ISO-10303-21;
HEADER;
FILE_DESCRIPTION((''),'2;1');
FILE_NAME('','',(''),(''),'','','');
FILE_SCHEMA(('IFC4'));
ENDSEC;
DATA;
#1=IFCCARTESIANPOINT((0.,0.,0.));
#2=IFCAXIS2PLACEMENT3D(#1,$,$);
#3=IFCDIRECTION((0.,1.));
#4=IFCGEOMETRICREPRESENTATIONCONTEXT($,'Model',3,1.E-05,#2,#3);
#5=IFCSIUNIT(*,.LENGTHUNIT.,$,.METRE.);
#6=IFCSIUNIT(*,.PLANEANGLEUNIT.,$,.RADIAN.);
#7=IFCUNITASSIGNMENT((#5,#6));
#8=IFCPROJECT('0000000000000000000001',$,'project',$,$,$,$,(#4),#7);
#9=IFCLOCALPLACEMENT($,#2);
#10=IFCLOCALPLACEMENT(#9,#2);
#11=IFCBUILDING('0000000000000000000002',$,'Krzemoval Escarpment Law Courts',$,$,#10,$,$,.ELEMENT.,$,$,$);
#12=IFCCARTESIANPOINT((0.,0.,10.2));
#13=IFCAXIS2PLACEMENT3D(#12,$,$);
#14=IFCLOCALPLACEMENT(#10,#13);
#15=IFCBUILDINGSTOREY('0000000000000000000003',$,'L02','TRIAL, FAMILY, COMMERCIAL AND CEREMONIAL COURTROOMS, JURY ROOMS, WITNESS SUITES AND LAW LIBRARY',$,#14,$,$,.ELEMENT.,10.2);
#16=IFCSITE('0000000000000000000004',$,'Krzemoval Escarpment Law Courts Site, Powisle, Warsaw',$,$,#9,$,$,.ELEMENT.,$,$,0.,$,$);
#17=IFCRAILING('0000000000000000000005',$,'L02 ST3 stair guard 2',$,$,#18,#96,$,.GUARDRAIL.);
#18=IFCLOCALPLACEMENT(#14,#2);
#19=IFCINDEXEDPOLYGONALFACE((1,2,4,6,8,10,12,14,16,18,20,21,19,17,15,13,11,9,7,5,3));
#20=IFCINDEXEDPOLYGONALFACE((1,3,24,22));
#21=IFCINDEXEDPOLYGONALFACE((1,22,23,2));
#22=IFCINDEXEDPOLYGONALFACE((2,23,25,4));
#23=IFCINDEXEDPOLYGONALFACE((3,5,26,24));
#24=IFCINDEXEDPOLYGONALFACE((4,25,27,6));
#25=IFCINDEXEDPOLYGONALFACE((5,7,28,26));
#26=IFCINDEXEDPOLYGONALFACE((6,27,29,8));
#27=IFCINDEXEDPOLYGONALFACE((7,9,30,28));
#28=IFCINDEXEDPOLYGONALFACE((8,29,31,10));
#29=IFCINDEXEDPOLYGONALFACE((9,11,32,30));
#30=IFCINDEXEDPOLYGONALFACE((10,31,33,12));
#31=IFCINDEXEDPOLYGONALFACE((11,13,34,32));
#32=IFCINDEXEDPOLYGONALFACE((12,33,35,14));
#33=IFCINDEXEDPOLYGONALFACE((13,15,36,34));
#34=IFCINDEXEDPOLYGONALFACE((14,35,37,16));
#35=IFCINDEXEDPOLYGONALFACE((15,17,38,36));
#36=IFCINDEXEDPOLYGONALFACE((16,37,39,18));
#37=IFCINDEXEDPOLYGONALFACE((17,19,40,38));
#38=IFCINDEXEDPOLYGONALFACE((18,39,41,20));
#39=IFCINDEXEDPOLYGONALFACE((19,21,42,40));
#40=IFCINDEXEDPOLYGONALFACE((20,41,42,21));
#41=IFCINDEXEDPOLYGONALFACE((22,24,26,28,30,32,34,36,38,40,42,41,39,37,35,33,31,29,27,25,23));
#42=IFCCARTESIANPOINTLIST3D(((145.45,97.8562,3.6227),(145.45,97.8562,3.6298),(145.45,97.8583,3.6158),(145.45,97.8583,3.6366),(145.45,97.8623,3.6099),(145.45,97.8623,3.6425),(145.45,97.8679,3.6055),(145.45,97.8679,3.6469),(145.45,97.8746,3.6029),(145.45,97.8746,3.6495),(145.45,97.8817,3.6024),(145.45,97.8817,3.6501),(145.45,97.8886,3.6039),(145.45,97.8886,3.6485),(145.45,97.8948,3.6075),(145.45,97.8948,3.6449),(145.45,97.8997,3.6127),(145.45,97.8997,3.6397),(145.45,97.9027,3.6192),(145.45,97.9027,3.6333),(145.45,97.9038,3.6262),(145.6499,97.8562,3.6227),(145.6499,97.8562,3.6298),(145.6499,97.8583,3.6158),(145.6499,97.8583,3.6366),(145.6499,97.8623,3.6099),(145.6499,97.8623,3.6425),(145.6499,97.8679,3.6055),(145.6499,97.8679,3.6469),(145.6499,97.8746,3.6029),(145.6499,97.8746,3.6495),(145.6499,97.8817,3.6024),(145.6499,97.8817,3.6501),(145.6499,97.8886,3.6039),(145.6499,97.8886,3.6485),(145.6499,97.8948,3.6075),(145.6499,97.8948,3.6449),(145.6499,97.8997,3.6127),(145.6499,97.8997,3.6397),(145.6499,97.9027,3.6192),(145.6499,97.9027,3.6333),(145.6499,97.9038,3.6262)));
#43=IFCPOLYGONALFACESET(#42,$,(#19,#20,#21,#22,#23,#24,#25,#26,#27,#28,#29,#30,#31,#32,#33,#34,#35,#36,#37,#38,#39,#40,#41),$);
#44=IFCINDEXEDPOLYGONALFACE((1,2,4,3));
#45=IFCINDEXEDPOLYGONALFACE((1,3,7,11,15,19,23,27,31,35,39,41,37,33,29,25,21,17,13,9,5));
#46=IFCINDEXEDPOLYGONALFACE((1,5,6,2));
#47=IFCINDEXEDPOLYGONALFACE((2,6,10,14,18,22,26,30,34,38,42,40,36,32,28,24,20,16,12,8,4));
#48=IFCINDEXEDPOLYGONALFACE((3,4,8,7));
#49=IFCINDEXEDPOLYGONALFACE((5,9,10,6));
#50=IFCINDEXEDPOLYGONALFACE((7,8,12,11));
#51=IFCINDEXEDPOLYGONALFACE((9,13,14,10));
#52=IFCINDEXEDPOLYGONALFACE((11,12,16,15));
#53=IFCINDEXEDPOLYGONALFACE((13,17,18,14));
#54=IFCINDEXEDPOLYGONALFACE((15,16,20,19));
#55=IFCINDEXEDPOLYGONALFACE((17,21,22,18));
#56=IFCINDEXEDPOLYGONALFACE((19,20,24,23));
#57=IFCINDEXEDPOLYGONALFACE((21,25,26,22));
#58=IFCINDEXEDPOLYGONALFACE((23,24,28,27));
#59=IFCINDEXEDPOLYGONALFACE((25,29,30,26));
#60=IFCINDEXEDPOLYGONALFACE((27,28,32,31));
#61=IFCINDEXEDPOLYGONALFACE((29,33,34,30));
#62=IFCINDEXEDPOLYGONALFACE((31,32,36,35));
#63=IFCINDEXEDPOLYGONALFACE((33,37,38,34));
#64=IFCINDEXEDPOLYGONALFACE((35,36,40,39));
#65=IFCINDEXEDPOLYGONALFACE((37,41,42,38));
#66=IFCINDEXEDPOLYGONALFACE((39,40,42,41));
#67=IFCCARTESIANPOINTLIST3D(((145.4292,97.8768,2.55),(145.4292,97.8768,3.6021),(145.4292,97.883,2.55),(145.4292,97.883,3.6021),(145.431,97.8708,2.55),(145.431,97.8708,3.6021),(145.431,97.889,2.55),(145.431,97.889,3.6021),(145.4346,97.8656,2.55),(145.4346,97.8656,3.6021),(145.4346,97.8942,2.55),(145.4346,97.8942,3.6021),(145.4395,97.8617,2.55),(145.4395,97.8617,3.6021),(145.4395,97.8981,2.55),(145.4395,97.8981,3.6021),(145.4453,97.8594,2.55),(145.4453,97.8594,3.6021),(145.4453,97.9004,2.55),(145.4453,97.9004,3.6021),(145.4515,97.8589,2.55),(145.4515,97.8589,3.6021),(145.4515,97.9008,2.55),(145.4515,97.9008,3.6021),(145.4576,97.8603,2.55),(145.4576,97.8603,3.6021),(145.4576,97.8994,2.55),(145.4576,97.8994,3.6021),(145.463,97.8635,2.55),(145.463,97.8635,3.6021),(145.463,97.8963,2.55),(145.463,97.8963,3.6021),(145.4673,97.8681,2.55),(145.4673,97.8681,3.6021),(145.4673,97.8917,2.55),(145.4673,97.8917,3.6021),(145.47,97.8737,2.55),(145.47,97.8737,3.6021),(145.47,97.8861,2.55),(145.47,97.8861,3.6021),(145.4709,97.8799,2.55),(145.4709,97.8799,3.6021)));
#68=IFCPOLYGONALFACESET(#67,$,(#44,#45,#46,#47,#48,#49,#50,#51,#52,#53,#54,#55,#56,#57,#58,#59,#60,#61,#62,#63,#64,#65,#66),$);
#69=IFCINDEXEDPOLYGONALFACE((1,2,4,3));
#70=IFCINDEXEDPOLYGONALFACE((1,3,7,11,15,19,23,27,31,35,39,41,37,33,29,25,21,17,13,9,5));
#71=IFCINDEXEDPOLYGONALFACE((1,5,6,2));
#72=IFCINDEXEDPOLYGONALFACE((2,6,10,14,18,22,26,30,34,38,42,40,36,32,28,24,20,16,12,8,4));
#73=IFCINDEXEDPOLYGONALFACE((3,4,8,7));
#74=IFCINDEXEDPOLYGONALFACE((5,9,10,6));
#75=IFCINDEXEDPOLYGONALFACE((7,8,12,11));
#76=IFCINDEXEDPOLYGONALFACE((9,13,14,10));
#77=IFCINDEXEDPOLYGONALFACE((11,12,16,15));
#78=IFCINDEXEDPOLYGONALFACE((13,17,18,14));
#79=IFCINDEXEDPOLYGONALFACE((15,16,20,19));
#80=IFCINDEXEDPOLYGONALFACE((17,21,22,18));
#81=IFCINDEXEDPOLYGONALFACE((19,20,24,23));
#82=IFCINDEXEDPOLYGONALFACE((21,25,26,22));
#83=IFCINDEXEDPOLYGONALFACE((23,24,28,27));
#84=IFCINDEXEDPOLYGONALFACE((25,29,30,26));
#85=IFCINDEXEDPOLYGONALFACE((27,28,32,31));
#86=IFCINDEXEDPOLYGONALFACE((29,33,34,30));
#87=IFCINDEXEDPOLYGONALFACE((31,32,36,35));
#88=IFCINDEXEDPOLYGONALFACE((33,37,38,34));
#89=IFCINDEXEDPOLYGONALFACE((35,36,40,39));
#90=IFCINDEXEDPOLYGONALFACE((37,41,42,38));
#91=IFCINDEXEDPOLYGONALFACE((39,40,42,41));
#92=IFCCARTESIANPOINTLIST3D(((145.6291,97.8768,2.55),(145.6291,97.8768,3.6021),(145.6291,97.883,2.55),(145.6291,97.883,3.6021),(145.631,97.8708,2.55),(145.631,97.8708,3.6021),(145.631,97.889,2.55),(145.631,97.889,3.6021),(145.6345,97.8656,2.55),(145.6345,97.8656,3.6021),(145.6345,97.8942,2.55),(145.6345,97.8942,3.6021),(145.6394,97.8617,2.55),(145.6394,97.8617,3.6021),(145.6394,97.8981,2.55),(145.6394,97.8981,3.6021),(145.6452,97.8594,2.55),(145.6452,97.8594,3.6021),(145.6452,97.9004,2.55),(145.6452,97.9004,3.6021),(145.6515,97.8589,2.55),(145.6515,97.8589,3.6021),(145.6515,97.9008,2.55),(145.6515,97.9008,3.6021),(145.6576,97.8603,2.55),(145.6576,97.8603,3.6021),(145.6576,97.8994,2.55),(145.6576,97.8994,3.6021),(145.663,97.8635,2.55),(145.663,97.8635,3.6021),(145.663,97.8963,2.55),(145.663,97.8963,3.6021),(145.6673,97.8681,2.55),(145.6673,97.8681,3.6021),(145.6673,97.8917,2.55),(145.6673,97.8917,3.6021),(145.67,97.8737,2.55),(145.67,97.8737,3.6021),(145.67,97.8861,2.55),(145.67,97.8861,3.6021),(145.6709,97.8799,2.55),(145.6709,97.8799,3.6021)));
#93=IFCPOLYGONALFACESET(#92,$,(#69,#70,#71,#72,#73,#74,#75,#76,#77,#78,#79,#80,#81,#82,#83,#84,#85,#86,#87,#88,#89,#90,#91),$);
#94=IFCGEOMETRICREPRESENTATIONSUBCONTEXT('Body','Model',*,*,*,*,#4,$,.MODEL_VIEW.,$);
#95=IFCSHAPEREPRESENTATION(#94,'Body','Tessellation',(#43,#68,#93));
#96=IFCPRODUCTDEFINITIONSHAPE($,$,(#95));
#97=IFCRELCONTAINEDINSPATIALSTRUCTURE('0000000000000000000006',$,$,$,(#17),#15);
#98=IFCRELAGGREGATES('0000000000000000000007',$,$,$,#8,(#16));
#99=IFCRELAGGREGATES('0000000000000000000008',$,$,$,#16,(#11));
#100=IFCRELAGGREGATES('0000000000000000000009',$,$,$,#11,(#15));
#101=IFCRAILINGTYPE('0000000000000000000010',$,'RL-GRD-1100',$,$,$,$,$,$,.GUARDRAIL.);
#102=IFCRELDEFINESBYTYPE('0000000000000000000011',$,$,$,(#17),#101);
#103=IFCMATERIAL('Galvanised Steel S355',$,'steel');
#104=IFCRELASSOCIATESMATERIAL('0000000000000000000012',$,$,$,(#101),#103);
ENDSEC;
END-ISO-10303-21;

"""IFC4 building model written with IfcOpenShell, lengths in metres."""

from ifc_helpers import new_model, si_unit, direction, frame, origin, origin_2d, place, context, subcontext, project, spatial, circle, extrude, material, type_object, element, save


model = new_model("IFC4")

# Units and contexts
model_context = context("Model", 3, precision=1e-05, world=origin(), true_north=direction((0.0, 1.0)))
body_context = subcontext(model_context, "Body", "Model", "MODEL_VIEW")
ifc_project = project(units=[si_unit("LENGTHUNIT", "METRE"), si_unit("PLANEANGLEUNIT", "RADIAN")], contexts=[model_context])

# Site, building, storey
site_placement = place(None, origin())
site = spatial("IfcSite", under=ifc_project, at=site_placement, Name="Krzemoval Escarpment Law Courts Site, Powisle, Warsaw", CompositionType="ELEMENT", RefElevation=0.0)
building_placement = place(site_placement, origin())
building = spatial("IfcBuilding", under=site, at=building_placement, Name="Krzemoval Escarpment Law Courts", CompositionType="ELEMENT")
storey_placement = place(building_placement, frame((0.0, 0.0, 10.2)))
storey = spatial("IfcBuildingStorey", under=building, at=storey_placement, Name="L02", Description="TRIAL, FAMILY, COMMERCIAL AND CEREMONIAL COURTROOMS, JURY ROOMS, WITNESS SUITES AND LAW LIBRARY", CompositionType="ELEMENT", Elevation=10.2)

# Railing
ifc_material_1 = material(Name="Galvanised Steel S355", Category="steel")
railing_type_1 = type_object("IfcRailingType", Name="RL-GRD-1100", PredefinedType="GUARDRAIL", material=ifc_material_1)
railing_1_placement = place(storey_placement, frame((145.45, 97.8799, 2.55)))
element("IfcRailing", 1, at=railing_1_placement, inside=storey, type_object=railing_type_1, Name="L02 ST3 stair guard 2", PredefinedType="GUARDRAIL", context=body_context, shape_type="SweptSolid", body=[
    extrude(circle(Radius=0.0239, at=origin_2d()), frame((0.0, 0.0, 1.0762), z_axis=(1.0, 0.0, 0.0), x_axis=(0.0, 1.0, 0.0)), (0.0, 0.0, 1.0), 0.2),
    extrude(circle(Radius=0.021, at=origin_2d()), origin(), (0.0, 0.0, 1.0), 1.052),
    extrude(circle(Radius=0.021, at=origin_2d()), frame((0.2, 0.0, 0.0)), (0.0, 0.0, 1.0), 1.052),
])

save(model, "model.ifc")
